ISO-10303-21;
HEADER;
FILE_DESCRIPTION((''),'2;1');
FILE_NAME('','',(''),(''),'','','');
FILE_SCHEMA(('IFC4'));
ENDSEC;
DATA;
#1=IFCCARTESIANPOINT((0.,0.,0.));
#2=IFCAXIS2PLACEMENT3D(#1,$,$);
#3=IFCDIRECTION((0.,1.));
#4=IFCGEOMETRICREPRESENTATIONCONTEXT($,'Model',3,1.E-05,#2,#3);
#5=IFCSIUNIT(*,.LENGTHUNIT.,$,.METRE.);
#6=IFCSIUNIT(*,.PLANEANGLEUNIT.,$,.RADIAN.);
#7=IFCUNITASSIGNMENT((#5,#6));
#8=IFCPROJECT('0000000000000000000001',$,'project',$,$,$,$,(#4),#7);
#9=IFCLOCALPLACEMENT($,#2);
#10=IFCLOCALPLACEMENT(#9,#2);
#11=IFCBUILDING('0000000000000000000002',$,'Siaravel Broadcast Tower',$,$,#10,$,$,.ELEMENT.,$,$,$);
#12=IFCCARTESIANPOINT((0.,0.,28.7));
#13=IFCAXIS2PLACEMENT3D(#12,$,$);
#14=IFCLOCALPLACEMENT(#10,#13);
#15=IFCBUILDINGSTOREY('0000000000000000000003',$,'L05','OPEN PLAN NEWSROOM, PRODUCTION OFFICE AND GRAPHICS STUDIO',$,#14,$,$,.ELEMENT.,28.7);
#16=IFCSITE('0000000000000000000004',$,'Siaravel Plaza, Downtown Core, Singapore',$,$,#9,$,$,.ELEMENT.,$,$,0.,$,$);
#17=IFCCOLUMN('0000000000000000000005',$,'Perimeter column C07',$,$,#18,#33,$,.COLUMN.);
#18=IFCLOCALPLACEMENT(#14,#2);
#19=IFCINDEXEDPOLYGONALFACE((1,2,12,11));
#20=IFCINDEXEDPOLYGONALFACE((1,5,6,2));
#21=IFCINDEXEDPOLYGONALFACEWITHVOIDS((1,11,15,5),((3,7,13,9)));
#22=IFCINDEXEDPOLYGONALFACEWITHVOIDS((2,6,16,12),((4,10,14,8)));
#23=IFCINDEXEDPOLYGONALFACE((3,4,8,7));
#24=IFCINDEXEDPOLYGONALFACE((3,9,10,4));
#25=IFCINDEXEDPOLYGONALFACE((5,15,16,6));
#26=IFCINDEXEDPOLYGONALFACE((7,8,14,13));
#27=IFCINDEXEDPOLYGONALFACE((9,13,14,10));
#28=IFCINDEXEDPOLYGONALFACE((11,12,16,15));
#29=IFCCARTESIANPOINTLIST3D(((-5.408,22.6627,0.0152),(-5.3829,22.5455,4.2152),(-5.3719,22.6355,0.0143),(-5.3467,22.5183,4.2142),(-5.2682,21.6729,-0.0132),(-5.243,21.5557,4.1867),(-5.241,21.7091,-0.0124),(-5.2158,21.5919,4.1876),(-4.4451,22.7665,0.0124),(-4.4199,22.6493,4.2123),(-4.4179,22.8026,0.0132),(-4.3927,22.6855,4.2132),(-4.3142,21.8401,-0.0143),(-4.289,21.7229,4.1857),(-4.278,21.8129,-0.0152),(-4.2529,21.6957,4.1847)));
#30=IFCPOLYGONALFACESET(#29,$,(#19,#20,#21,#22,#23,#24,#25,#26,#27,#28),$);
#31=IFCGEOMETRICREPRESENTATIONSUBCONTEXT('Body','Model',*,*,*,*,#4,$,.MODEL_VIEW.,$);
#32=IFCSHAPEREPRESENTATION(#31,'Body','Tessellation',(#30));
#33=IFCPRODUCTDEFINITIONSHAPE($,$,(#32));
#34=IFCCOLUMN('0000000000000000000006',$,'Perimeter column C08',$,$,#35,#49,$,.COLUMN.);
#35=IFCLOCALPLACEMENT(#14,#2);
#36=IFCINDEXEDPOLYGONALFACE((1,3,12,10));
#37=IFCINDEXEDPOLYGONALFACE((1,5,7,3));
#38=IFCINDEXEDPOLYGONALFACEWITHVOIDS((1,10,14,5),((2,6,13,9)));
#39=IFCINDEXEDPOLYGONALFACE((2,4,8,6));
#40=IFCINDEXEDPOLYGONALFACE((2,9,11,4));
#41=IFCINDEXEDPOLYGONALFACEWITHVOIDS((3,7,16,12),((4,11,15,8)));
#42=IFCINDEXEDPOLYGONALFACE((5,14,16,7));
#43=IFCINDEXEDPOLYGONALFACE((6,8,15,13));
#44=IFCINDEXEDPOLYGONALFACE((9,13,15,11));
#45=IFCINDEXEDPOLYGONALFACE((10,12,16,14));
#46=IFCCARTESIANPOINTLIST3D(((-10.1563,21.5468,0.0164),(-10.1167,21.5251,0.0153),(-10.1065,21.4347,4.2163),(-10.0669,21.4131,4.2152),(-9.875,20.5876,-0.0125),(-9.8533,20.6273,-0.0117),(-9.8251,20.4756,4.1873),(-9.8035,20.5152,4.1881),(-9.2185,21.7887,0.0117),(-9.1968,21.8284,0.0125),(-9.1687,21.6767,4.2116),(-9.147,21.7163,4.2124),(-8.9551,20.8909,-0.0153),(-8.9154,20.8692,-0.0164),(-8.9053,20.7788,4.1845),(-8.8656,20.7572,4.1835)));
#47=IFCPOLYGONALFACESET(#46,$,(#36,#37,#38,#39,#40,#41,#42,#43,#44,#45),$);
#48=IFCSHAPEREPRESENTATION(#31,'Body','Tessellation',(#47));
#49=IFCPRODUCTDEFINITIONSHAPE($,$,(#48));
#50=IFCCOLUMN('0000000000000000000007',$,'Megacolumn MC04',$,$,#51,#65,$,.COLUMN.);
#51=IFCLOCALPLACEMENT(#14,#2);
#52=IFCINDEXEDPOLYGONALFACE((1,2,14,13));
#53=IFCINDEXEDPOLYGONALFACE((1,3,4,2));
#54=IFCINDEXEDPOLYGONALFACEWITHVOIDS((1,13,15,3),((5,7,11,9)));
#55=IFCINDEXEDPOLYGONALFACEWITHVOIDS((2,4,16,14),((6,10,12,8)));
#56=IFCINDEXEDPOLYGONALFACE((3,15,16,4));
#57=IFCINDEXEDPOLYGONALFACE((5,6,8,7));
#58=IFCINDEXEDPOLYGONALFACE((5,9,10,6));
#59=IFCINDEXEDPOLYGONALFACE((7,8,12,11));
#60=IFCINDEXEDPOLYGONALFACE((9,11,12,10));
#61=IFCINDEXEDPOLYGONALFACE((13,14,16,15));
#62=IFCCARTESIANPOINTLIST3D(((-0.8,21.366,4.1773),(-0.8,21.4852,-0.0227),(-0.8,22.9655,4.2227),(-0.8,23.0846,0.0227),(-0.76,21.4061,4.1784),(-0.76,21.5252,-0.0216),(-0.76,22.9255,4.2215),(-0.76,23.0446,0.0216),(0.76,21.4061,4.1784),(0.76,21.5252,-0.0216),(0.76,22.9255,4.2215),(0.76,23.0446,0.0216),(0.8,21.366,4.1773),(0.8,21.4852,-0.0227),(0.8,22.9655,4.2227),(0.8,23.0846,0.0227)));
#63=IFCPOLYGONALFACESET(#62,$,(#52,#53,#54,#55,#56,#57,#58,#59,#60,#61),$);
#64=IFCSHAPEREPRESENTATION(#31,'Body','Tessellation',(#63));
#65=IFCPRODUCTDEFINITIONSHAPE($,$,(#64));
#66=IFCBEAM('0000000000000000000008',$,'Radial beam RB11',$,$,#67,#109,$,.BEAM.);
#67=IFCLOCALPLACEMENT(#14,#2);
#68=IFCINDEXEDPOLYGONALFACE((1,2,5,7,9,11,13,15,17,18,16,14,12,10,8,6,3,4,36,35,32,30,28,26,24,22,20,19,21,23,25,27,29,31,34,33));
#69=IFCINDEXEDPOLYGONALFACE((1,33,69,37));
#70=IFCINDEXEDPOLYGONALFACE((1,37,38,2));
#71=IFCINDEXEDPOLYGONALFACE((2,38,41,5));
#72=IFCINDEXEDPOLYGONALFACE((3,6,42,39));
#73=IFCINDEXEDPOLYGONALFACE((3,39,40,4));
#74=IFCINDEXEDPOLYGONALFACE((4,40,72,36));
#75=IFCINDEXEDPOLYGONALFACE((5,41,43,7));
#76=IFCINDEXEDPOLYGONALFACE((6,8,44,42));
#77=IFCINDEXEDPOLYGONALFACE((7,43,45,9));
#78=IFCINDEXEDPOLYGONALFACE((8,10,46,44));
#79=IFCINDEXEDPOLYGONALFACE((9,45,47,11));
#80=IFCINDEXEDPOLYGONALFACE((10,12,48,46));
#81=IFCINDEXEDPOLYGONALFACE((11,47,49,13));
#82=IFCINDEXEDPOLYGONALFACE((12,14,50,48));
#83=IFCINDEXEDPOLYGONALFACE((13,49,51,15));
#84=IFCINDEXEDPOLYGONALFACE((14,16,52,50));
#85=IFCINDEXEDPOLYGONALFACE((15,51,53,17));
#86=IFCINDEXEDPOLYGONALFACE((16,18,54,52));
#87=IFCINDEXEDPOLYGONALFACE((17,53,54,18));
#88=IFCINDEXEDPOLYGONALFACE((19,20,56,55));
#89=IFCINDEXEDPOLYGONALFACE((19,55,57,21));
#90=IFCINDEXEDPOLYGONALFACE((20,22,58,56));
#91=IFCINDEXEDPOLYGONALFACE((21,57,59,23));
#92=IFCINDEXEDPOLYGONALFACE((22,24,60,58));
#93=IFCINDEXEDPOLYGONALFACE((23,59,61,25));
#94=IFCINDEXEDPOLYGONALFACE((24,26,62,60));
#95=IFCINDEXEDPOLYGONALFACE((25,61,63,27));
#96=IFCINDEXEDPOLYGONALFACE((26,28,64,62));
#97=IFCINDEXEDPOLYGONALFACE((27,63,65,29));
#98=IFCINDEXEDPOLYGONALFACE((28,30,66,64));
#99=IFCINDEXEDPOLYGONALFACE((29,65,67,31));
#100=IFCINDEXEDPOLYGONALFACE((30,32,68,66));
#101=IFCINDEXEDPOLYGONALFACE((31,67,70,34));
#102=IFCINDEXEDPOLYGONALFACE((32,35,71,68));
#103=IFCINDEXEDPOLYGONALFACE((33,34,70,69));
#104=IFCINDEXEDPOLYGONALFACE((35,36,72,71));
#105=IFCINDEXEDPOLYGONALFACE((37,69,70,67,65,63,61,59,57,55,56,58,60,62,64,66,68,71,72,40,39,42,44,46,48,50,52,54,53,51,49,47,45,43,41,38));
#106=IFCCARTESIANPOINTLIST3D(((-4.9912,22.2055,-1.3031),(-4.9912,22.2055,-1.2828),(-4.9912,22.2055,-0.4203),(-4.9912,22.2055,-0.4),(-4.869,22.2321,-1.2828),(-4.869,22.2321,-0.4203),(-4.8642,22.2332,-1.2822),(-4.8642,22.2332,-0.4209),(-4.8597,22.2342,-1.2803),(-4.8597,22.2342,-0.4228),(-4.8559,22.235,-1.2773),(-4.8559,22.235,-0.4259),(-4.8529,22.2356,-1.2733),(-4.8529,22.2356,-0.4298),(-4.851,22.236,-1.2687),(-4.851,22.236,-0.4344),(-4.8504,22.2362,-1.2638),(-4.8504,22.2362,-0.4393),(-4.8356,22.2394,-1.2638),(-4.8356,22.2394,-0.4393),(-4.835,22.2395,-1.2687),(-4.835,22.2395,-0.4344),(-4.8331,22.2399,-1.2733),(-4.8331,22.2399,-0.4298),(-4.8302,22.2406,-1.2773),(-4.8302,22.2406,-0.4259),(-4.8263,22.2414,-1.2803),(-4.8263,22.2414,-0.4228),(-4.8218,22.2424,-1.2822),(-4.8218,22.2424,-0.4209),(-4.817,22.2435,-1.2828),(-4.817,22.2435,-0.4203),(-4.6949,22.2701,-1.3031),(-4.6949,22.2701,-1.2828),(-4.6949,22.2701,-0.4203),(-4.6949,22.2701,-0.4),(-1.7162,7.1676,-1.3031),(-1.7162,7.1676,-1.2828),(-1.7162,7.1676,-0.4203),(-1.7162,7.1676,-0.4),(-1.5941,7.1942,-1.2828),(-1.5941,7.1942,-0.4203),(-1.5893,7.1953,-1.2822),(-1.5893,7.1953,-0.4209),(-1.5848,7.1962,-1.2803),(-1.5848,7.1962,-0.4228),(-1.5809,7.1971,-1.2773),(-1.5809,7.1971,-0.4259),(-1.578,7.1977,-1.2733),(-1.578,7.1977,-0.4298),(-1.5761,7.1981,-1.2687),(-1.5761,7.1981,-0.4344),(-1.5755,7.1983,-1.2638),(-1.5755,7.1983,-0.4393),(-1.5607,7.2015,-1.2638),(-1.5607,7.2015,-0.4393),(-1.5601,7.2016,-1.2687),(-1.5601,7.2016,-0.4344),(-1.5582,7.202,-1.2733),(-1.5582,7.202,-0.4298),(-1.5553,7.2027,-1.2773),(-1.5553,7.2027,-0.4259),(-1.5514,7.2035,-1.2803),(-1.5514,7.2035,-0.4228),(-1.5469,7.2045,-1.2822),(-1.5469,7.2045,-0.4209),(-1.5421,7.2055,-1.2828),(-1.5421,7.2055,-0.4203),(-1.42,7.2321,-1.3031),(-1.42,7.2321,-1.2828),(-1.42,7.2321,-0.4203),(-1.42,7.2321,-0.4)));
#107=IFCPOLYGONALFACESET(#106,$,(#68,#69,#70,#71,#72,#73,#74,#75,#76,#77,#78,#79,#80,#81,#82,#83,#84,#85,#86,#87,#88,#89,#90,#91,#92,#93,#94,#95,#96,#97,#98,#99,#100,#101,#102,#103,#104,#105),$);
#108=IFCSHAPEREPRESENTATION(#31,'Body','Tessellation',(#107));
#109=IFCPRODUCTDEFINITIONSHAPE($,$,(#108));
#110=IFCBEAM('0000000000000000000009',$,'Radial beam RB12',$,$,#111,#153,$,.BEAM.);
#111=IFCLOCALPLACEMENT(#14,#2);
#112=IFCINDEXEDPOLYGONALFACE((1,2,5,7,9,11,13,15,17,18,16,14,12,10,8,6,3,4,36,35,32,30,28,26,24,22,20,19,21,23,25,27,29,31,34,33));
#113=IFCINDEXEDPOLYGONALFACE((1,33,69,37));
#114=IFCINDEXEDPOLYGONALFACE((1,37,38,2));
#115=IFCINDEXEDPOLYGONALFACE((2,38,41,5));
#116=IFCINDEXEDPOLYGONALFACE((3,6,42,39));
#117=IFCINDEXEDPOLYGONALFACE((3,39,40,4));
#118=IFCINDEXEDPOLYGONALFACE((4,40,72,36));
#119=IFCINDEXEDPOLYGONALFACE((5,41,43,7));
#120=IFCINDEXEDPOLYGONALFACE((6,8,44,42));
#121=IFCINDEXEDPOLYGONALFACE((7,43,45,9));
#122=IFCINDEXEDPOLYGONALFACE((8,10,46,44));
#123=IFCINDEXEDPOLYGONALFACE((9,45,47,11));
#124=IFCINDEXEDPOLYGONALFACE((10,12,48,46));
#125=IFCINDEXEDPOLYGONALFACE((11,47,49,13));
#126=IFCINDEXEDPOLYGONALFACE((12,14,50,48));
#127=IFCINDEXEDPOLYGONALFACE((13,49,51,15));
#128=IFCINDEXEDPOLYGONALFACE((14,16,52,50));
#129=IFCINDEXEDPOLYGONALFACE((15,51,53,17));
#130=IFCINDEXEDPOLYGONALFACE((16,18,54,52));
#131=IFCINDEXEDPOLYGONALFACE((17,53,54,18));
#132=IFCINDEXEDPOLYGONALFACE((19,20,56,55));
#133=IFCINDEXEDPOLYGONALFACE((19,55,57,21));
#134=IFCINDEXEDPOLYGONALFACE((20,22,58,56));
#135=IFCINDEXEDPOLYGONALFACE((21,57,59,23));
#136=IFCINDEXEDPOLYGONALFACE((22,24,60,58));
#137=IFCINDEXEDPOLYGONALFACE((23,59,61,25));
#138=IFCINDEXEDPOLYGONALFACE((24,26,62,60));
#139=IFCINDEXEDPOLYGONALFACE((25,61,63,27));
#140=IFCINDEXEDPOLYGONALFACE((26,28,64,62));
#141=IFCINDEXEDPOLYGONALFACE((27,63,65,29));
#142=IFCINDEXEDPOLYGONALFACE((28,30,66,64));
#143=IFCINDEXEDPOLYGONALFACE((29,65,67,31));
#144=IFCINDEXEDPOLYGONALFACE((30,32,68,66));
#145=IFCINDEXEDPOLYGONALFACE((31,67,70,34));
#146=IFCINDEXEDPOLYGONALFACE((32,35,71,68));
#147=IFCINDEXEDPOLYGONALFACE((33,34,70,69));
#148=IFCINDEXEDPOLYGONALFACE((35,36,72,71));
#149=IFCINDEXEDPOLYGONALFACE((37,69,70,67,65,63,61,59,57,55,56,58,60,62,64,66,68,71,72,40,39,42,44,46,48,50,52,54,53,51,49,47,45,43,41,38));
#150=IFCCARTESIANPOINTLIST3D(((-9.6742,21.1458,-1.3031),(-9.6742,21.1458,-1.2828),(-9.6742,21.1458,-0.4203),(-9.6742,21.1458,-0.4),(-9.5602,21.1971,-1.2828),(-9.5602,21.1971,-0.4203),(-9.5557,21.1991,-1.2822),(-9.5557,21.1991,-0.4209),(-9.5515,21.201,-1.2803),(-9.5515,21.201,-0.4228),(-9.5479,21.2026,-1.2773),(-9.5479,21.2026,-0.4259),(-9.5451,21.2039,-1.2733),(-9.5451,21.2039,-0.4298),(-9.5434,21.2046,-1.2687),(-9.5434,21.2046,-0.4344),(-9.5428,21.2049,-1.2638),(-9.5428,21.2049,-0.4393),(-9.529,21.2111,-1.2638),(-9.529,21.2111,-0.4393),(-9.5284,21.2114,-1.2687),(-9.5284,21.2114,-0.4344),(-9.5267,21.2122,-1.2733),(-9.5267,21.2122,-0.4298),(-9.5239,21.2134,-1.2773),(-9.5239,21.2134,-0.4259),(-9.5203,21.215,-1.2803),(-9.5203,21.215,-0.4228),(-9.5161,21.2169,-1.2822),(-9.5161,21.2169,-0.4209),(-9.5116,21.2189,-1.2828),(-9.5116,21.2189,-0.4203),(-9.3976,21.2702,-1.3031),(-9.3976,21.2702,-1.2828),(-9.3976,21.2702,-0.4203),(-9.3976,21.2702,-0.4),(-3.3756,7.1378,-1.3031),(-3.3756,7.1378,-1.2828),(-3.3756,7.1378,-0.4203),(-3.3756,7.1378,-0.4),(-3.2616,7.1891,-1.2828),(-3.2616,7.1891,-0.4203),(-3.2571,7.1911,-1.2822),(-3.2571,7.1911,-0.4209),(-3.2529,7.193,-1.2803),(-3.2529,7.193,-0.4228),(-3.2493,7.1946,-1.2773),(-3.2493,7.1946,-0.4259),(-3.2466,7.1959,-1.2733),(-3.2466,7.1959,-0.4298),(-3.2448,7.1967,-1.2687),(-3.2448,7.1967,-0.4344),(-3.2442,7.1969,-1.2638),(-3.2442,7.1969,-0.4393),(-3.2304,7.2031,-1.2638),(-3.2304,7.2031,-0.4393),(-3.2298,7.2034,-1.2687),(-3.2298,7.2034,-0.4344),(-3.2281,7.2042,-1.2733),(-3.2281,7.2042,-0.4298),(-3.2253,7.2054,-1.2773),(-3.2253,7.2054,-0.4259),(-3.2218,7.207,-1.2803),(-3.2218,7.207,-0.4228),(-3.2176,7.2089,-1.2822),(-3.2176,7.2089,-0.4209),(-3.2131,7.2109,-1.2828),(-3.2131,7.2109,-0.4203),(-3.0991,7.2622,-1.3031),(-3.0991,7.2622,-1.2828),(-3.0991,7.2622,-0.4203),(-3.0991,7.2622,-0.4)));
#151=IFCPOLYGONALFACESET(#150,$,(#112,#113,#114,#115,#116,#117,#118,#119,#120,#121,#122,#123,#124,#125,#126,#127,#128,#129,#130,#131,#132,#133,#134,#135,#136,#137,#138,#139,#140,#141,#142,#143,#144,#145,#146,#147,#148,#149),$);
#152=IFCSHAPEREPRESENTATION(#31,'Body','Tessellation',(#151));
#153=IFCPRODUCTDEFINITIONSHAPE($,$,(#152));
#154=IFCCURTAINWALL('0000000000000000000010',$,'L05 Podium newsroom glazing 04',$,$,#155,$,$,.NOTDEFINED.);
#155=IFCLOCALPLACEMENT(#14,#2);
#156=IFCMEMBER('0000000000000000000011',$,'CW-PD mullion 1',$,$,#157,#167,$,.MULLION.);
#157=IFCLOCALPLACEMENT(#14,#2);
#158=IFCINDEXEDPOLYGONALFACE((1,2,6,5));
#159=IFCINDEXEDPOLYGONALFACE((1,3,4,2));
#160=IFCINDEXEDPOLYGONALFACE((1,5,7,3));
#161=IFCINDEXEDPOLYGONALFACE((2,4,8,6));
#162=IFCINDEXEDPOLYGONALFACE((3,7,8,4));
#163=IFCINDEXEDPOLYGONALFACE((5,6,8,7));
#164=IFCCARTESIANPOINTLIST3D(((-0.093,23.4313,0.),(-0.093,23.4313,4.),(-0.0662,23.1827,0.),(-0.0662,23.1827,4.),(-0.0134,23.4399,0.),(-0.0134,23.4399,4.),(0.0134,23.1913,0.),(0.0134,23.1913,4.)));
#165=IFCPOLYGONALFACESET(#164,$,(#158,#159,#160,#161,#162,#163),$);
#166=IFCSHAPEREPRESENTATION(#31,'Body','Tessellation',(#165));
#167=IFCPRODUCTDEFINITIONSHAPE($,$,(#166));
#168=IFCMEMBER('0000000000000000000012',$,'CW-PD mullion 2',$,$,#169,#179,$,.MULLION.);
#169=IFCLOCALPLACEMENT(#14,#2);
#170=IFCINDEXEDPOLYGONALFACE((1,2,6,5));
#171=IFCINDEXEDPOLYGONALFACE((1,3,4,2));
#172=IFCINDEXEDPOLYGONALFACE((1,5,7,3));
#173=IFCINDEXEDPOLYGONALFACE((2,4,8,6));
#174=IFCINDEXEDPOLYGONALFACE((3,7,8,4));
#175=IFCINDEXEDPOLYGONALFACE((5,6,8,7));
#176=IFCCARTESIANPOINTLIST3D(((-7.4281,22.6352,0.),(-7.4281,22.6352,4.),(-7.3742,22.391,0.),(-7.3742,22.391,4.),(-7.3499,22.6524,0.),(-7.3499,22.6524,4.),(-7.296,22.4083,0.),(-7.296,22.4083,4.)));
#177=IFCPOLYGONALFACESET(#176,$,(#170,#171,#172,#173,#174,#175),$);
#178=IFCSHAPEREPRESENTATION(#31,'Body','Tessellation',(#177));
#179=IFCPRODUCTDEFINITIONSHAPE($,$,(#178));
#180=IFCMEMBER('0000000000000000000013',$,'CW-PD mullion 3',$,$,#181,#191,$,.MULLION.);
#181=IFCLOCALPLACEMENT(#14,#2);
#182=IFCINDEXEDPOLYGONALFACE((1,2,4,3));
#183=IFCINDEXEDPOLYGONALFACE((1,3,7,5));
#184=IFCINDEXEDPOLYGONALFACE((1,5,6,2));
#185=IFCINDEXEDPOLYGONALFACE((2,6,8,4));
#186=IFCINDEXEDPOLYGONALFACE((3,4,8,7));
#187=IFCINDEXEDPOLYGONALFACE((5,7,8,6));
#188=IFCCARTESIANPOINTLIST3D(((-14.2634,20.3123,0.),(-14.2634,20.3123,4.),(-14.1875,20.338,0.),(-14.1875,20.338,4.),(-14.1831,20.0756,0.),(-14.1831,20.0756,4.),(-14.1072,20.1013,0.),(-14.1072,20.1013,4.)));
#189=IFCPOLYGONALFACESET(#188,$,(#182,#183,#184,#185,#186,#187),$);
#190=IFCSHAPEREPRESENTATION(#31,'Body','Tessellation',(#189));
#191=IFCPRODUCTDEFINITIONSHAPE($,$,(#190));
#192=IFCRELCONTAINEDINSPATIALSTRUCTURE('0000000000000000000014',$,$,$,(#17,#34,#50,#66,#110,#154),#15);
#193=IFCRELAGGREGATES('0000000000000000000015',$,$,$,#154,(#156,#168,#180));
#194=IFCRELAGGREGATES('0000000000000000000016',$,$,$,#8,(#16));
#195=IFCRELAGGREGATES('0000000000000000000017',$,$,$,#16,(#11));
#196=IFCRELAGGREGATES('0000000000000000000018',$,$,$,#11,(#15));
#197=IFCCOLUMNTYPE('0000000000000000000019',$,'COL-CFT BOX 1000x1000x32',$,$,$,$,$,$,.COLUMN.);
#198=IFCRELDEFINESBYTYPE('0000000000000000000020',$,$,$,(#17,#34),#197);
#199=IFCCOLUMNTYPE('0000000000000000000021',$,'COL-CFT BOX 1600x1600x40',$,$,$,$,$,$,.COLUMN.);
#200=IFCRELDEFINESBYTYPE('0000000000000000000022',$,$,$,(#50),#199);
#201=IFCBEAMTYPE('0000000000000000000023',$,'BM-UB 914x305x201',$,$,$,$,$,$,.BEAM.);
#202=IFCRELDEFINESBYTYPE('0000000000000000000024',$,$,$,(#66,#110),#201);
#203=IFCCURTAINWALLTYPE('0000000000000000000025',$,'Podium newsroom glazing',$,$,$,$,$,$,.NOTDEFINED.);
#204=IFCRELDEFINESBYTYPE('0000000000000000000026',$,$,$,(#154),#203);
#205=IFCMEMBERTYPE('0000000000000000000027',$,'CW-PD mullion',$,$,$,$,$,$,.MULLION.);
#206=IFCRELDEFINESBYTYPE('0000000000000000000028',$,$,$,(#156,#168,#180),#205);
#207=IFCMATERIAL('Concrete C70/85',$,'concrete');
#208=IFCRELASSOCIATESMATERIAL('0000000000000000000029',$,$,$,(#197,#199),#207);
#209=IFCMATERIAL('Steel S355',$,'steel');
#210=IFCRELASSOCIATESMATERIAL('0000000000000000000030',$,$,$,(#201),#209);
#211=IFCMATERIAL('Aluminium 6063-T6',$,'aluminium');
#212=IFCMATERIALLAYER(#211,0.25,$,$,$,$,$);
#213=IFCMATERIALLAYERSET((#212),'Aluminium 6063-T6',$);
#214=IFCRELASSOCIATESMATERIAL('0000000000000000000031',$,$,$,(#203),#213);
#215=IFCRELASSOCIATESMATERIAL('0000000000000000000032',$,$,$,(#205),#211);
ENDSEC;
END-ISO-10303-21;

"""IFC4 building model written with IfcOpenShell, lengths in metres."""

from ifc_helpers import new_model, si_unit, direction, frame, origin, origin_2d, place, context, subcontext, project, spatial, rectangle, hollow_rectangle, i_section, extrude, material, layer, layer_set, material_profile, profile_set, type_object, element, aggregate, save


model = new_model("IFC4")

# Units and contexts
model_context = context("Model", 3, precision=1e-05, world=origin(), true_north=direction((0.0, 1.0)))
body_context = subcontext(model_context, "Body", "Model", "MODEL_VIEW")
ifc_project = project(units=[si_unit("LENGTHUNIT", "METRE"), si_unit("PLANEANGLEUNIT", "RADIAN")], contexts=[model_context])

# Site, building, storey
site_placement = place(None, origin())
site = spatial("IfcSite", under=ifc_project, at=site_placement, Name="Siaravel Plaza, Downtown Core, Singapore", CompositionType="ELEMENT", RefElevation=0.0)
building_placement = place(site_placement, origin())
building = spatial("IfcBuilding", under=site, at=building_placement, Name="Siaravel Broadcast Tower", CompositionType="ELEMENT")
storey_placement = place(building_placement, frame((0.0, 0.0, 28.7)))
storey = spatial("IfcBuildingStorey", under=building, at=storey_placement, Name="L05", Description="OPEN PLAN NEWSROOM, PRODUCTION OFFICE AND GRAPHICS STUDIO", CompositionType="ELEMENT", Elevation=28.7)

# Columns
ifc_material_1 = material(Name="Concrete C70/85", Category="concrete")
ifc_material_profile_1 = material_profile(ifc_material_1, hollow_rectangle(XDim=1.0, YDim=1.0, WallThickness=0.032, at=origin_2d()))
ifc_profile_set_1 = profile_set([ifc_material_profile_1], Name="Concrete C70/85")
column_type_1 = type_object("IfcColumnType", Name="COL-CFT BOX 1000x1000x32", PredefinedType="COLUMN", material=ifc_profile_set_1)
for number, where, z_axis, x_axis, name in (
    (1, (-4.843, 22.2378, 0.0), (0.005985, -0.027891, 0.999593), (0.990157, 0.139946, -0.002024), "Perimeter column C07"),
    (2, (-9.5359, 21.208, 0.0), (0.011853, -0.02667, 0.999574), (0.95952, 0.281614, -0.003865), "Perimeter column C08"),
):
    element("IfcColumn", number, at=place(storey_placement, frame(where, z_axis=z_axis, x_axis=x_axis)), inside=storey, type_object=column_type_1, Name=name, PredefinedType="COLUMN", context=body_context, shape_type="SweptSolid", body=[
        extrude(hollow_rectangle(XDim=1.0, YDim=1.0, WallThickness=0.032, at=origin_2d()), origin(), (0.0, 0.0, 1.0), 4.2017),
    ])
ifc_material_profile_2 = material_profile(ifc_material_1, hollow_rectangle(XDim=1.6001, YDim=1.6001, WallThickness=0.04, at=origin_2d()))
ifc_profile_set_2 = profile_set([ifc_material_profile_2], Name="Concrete C70/85")
column_type_2 = type_object("IfcColumnType", Name="COL-CFT BOX 1600x1600x40", PredefinedType="COLUMN", material=ifc_profile_set_2)
column_placement = place(storey_placement, frame((0.0, 22.2849, 0.0), z_axis=(0.0, -0.028356, 0.999598), x_axis=(1.0, 0.0, 0.0)))
element("IfcColumn", 3, at=column_placement, inside=storey, type_object=column_type_2, Name="Megacolumn MC04", PredefinedType="COLUMN", context=body_context, shape_type="SweptSolid", body=[
    extrude(hollow_rectangle(XDim=1.6001, YDim=1.6001, WallThickness=0.04, at=origin_2d()), origin(), (0.0, 0.0, 1.0), 4.2017),
])

# Beams
ifc_material_2 = material(Name="Steel S355", Category="steel")
ifc_material_profile_3 = material_profile(ifc_material_2, i_section(OverallWidth=0.3032, OverallDepth=0.9031, WebThickness=0.0151, FlangeThickness=0.0203, FilletRadius=0.019, at=origin_2d()))
ifc_profile_set_3 = profile_set([ifc_material_profile_3], Name="Steel S355")
beam_type = type_object("IfcBeamType", Name="BM-UB 914x305x201", PredefinedType="BEAM", material=ifc_profile_set_3)
beam_1_placement = place(storey_placement, frame((-4.843, 22.2378, -0.8516), z_axis=(0.21279, -0.977098, 0.0), x_axis=(0.977098, 0.21279, 0.0)))
element("IfcBeam", 4, at=beam_1_placement, inside=storey, type_object=beam_type, Name="Radial beam RB11", PredefinedType="BEAM", context=body_context, shape_type="SweptSolid", body=[
    extrude(i_section(OverallWidth=0.3032, OverallDepth=0.9031, WebThickness=0.0151, FlangeThickness=0.0203, FilletRadius=0.019, at=origin_2d()), origin(), (0.0, 0.0, 1.0), 15.3904),
])
beam_2_placement = place(storey_placement, frame((-9.5359, 21.208, -0.8516), z_axis=(0.410092, -0.912044, 0.0), x_axis=(0.912044, 0.410092, 0.0)))
element("IfcBeam", 5, at=beam_2_placement, inside=storey, type_object=beam_type, Name="Radial beam RB12", PredefinedType="BEAM", context=body_context, shape_type="SweptSolid", body=[
    extrude(i_section(OverallWidth=0.3032, OverallDepth=0.9031, WebThickness=0.0151, FlangeThickness=0.0203, FilletRadius=0.019, at=origin_2d()), origin(), (0.0, 0.0, 1.0), 15.3589),
])

# Curtain wall, members
ifc_material_3 = material(Name="Aluminium 6063-T6", Category="aluminium")
ifc_layer_1 = layer(ifc_material_3, 0.25)
ifc_layer_set_1 = layer_set([ifc_layer_1], Name="Aluminium 6063-T6")
curtain_wall_type = type_object("IfcCurtainWallType", Name="Podium newsroom glazing", PredefinedType="NOTDEFINED", material=ifc_layer_set_1)
curtain_wall_1_placement = place(storey_placement, origin())
curtain_wall_1 = element("IfcCurtainWall", 6, at=curtain_wall_1_placement, inside=storey, type_object=curtain_wall_type, Name="L05 Podium newsroom glazing 04", PredefinedType="NOTDEFINED")
ifc_material_profile_4 = material_profile(ifc_material_3, rectangle(XDim=0.25, YDim=0.0801, at=origin_2d()))
ifc_profile_set_4 = profile_set([ifc_material_profile_4], Name="Aluminium 6063-T6")
member_type_1 = type_object("IfcMemberType", Name="CW-PD mullion", PredefinedType="MULLION", material=ifc_profile_set_4)
member_1_placement = place(storey_placement, frame((-0.0398, 23.3113, 0.0), z_axis=(0.0, 0.0, 1.0), x_axis=(0.107217, -0.994236, 0.0)))
member_1 = element("IfcMember", 7, at=member_1_placement, type_object=member_type_1, Name="CW-PD mullion 1", PredefinedType="MULLION", context=body_context, shape_type="SweptSolid", body=[
    extrude(rectangle(XDim=0.25, YDim=0.0801, at=origin_2d()), origin(), (0.0, 0.0, 1.0), 4.0),
])
member_2_placement = place(storey_placement, frame((-7.3621, 22.5217, 0.0), z_axis=(0.0, 0.0, 1.0), x_axis=(0.215558, -0.976491, 0.0)))
member_2 = element("IfcMember", 8, at=member_2_placement, type_object=member_type_1, Name="CW-PD mullion 2", PredefinedType="MULLION", context=body_context, shape_type="SweptSolid", body=[
    extrude(rectangle(XDim=0.25, YDim=0.0801, at=origin_2d()), origin(), (0.0, 0.0, 1.0), 4.0),
])
member_3_placement = place(storey_placement, frame((-14.1853, 20.2068, 0.0), z_axis=(0.0, 0.0, 1.0), x_axis=(0.3213, -0.946977, 0.0)))
member_3 = element("IfcMember", 9, at=member_3_placement, type_object=member_type_1, Name="CW-PD mullion 3", PredefinedType="MULLION", context=body_context, shape_type="SweptSolid", body=[
    extrude(rectangle(XDim=0.25, YDim=0.0801, at=origin_2d()), origin(), (0.0, 0.0, 1.0), 4.0),
])

aggregate(curtain_wall_1, [member_1, member_2, member_3])

save(model, "model.ifc")
